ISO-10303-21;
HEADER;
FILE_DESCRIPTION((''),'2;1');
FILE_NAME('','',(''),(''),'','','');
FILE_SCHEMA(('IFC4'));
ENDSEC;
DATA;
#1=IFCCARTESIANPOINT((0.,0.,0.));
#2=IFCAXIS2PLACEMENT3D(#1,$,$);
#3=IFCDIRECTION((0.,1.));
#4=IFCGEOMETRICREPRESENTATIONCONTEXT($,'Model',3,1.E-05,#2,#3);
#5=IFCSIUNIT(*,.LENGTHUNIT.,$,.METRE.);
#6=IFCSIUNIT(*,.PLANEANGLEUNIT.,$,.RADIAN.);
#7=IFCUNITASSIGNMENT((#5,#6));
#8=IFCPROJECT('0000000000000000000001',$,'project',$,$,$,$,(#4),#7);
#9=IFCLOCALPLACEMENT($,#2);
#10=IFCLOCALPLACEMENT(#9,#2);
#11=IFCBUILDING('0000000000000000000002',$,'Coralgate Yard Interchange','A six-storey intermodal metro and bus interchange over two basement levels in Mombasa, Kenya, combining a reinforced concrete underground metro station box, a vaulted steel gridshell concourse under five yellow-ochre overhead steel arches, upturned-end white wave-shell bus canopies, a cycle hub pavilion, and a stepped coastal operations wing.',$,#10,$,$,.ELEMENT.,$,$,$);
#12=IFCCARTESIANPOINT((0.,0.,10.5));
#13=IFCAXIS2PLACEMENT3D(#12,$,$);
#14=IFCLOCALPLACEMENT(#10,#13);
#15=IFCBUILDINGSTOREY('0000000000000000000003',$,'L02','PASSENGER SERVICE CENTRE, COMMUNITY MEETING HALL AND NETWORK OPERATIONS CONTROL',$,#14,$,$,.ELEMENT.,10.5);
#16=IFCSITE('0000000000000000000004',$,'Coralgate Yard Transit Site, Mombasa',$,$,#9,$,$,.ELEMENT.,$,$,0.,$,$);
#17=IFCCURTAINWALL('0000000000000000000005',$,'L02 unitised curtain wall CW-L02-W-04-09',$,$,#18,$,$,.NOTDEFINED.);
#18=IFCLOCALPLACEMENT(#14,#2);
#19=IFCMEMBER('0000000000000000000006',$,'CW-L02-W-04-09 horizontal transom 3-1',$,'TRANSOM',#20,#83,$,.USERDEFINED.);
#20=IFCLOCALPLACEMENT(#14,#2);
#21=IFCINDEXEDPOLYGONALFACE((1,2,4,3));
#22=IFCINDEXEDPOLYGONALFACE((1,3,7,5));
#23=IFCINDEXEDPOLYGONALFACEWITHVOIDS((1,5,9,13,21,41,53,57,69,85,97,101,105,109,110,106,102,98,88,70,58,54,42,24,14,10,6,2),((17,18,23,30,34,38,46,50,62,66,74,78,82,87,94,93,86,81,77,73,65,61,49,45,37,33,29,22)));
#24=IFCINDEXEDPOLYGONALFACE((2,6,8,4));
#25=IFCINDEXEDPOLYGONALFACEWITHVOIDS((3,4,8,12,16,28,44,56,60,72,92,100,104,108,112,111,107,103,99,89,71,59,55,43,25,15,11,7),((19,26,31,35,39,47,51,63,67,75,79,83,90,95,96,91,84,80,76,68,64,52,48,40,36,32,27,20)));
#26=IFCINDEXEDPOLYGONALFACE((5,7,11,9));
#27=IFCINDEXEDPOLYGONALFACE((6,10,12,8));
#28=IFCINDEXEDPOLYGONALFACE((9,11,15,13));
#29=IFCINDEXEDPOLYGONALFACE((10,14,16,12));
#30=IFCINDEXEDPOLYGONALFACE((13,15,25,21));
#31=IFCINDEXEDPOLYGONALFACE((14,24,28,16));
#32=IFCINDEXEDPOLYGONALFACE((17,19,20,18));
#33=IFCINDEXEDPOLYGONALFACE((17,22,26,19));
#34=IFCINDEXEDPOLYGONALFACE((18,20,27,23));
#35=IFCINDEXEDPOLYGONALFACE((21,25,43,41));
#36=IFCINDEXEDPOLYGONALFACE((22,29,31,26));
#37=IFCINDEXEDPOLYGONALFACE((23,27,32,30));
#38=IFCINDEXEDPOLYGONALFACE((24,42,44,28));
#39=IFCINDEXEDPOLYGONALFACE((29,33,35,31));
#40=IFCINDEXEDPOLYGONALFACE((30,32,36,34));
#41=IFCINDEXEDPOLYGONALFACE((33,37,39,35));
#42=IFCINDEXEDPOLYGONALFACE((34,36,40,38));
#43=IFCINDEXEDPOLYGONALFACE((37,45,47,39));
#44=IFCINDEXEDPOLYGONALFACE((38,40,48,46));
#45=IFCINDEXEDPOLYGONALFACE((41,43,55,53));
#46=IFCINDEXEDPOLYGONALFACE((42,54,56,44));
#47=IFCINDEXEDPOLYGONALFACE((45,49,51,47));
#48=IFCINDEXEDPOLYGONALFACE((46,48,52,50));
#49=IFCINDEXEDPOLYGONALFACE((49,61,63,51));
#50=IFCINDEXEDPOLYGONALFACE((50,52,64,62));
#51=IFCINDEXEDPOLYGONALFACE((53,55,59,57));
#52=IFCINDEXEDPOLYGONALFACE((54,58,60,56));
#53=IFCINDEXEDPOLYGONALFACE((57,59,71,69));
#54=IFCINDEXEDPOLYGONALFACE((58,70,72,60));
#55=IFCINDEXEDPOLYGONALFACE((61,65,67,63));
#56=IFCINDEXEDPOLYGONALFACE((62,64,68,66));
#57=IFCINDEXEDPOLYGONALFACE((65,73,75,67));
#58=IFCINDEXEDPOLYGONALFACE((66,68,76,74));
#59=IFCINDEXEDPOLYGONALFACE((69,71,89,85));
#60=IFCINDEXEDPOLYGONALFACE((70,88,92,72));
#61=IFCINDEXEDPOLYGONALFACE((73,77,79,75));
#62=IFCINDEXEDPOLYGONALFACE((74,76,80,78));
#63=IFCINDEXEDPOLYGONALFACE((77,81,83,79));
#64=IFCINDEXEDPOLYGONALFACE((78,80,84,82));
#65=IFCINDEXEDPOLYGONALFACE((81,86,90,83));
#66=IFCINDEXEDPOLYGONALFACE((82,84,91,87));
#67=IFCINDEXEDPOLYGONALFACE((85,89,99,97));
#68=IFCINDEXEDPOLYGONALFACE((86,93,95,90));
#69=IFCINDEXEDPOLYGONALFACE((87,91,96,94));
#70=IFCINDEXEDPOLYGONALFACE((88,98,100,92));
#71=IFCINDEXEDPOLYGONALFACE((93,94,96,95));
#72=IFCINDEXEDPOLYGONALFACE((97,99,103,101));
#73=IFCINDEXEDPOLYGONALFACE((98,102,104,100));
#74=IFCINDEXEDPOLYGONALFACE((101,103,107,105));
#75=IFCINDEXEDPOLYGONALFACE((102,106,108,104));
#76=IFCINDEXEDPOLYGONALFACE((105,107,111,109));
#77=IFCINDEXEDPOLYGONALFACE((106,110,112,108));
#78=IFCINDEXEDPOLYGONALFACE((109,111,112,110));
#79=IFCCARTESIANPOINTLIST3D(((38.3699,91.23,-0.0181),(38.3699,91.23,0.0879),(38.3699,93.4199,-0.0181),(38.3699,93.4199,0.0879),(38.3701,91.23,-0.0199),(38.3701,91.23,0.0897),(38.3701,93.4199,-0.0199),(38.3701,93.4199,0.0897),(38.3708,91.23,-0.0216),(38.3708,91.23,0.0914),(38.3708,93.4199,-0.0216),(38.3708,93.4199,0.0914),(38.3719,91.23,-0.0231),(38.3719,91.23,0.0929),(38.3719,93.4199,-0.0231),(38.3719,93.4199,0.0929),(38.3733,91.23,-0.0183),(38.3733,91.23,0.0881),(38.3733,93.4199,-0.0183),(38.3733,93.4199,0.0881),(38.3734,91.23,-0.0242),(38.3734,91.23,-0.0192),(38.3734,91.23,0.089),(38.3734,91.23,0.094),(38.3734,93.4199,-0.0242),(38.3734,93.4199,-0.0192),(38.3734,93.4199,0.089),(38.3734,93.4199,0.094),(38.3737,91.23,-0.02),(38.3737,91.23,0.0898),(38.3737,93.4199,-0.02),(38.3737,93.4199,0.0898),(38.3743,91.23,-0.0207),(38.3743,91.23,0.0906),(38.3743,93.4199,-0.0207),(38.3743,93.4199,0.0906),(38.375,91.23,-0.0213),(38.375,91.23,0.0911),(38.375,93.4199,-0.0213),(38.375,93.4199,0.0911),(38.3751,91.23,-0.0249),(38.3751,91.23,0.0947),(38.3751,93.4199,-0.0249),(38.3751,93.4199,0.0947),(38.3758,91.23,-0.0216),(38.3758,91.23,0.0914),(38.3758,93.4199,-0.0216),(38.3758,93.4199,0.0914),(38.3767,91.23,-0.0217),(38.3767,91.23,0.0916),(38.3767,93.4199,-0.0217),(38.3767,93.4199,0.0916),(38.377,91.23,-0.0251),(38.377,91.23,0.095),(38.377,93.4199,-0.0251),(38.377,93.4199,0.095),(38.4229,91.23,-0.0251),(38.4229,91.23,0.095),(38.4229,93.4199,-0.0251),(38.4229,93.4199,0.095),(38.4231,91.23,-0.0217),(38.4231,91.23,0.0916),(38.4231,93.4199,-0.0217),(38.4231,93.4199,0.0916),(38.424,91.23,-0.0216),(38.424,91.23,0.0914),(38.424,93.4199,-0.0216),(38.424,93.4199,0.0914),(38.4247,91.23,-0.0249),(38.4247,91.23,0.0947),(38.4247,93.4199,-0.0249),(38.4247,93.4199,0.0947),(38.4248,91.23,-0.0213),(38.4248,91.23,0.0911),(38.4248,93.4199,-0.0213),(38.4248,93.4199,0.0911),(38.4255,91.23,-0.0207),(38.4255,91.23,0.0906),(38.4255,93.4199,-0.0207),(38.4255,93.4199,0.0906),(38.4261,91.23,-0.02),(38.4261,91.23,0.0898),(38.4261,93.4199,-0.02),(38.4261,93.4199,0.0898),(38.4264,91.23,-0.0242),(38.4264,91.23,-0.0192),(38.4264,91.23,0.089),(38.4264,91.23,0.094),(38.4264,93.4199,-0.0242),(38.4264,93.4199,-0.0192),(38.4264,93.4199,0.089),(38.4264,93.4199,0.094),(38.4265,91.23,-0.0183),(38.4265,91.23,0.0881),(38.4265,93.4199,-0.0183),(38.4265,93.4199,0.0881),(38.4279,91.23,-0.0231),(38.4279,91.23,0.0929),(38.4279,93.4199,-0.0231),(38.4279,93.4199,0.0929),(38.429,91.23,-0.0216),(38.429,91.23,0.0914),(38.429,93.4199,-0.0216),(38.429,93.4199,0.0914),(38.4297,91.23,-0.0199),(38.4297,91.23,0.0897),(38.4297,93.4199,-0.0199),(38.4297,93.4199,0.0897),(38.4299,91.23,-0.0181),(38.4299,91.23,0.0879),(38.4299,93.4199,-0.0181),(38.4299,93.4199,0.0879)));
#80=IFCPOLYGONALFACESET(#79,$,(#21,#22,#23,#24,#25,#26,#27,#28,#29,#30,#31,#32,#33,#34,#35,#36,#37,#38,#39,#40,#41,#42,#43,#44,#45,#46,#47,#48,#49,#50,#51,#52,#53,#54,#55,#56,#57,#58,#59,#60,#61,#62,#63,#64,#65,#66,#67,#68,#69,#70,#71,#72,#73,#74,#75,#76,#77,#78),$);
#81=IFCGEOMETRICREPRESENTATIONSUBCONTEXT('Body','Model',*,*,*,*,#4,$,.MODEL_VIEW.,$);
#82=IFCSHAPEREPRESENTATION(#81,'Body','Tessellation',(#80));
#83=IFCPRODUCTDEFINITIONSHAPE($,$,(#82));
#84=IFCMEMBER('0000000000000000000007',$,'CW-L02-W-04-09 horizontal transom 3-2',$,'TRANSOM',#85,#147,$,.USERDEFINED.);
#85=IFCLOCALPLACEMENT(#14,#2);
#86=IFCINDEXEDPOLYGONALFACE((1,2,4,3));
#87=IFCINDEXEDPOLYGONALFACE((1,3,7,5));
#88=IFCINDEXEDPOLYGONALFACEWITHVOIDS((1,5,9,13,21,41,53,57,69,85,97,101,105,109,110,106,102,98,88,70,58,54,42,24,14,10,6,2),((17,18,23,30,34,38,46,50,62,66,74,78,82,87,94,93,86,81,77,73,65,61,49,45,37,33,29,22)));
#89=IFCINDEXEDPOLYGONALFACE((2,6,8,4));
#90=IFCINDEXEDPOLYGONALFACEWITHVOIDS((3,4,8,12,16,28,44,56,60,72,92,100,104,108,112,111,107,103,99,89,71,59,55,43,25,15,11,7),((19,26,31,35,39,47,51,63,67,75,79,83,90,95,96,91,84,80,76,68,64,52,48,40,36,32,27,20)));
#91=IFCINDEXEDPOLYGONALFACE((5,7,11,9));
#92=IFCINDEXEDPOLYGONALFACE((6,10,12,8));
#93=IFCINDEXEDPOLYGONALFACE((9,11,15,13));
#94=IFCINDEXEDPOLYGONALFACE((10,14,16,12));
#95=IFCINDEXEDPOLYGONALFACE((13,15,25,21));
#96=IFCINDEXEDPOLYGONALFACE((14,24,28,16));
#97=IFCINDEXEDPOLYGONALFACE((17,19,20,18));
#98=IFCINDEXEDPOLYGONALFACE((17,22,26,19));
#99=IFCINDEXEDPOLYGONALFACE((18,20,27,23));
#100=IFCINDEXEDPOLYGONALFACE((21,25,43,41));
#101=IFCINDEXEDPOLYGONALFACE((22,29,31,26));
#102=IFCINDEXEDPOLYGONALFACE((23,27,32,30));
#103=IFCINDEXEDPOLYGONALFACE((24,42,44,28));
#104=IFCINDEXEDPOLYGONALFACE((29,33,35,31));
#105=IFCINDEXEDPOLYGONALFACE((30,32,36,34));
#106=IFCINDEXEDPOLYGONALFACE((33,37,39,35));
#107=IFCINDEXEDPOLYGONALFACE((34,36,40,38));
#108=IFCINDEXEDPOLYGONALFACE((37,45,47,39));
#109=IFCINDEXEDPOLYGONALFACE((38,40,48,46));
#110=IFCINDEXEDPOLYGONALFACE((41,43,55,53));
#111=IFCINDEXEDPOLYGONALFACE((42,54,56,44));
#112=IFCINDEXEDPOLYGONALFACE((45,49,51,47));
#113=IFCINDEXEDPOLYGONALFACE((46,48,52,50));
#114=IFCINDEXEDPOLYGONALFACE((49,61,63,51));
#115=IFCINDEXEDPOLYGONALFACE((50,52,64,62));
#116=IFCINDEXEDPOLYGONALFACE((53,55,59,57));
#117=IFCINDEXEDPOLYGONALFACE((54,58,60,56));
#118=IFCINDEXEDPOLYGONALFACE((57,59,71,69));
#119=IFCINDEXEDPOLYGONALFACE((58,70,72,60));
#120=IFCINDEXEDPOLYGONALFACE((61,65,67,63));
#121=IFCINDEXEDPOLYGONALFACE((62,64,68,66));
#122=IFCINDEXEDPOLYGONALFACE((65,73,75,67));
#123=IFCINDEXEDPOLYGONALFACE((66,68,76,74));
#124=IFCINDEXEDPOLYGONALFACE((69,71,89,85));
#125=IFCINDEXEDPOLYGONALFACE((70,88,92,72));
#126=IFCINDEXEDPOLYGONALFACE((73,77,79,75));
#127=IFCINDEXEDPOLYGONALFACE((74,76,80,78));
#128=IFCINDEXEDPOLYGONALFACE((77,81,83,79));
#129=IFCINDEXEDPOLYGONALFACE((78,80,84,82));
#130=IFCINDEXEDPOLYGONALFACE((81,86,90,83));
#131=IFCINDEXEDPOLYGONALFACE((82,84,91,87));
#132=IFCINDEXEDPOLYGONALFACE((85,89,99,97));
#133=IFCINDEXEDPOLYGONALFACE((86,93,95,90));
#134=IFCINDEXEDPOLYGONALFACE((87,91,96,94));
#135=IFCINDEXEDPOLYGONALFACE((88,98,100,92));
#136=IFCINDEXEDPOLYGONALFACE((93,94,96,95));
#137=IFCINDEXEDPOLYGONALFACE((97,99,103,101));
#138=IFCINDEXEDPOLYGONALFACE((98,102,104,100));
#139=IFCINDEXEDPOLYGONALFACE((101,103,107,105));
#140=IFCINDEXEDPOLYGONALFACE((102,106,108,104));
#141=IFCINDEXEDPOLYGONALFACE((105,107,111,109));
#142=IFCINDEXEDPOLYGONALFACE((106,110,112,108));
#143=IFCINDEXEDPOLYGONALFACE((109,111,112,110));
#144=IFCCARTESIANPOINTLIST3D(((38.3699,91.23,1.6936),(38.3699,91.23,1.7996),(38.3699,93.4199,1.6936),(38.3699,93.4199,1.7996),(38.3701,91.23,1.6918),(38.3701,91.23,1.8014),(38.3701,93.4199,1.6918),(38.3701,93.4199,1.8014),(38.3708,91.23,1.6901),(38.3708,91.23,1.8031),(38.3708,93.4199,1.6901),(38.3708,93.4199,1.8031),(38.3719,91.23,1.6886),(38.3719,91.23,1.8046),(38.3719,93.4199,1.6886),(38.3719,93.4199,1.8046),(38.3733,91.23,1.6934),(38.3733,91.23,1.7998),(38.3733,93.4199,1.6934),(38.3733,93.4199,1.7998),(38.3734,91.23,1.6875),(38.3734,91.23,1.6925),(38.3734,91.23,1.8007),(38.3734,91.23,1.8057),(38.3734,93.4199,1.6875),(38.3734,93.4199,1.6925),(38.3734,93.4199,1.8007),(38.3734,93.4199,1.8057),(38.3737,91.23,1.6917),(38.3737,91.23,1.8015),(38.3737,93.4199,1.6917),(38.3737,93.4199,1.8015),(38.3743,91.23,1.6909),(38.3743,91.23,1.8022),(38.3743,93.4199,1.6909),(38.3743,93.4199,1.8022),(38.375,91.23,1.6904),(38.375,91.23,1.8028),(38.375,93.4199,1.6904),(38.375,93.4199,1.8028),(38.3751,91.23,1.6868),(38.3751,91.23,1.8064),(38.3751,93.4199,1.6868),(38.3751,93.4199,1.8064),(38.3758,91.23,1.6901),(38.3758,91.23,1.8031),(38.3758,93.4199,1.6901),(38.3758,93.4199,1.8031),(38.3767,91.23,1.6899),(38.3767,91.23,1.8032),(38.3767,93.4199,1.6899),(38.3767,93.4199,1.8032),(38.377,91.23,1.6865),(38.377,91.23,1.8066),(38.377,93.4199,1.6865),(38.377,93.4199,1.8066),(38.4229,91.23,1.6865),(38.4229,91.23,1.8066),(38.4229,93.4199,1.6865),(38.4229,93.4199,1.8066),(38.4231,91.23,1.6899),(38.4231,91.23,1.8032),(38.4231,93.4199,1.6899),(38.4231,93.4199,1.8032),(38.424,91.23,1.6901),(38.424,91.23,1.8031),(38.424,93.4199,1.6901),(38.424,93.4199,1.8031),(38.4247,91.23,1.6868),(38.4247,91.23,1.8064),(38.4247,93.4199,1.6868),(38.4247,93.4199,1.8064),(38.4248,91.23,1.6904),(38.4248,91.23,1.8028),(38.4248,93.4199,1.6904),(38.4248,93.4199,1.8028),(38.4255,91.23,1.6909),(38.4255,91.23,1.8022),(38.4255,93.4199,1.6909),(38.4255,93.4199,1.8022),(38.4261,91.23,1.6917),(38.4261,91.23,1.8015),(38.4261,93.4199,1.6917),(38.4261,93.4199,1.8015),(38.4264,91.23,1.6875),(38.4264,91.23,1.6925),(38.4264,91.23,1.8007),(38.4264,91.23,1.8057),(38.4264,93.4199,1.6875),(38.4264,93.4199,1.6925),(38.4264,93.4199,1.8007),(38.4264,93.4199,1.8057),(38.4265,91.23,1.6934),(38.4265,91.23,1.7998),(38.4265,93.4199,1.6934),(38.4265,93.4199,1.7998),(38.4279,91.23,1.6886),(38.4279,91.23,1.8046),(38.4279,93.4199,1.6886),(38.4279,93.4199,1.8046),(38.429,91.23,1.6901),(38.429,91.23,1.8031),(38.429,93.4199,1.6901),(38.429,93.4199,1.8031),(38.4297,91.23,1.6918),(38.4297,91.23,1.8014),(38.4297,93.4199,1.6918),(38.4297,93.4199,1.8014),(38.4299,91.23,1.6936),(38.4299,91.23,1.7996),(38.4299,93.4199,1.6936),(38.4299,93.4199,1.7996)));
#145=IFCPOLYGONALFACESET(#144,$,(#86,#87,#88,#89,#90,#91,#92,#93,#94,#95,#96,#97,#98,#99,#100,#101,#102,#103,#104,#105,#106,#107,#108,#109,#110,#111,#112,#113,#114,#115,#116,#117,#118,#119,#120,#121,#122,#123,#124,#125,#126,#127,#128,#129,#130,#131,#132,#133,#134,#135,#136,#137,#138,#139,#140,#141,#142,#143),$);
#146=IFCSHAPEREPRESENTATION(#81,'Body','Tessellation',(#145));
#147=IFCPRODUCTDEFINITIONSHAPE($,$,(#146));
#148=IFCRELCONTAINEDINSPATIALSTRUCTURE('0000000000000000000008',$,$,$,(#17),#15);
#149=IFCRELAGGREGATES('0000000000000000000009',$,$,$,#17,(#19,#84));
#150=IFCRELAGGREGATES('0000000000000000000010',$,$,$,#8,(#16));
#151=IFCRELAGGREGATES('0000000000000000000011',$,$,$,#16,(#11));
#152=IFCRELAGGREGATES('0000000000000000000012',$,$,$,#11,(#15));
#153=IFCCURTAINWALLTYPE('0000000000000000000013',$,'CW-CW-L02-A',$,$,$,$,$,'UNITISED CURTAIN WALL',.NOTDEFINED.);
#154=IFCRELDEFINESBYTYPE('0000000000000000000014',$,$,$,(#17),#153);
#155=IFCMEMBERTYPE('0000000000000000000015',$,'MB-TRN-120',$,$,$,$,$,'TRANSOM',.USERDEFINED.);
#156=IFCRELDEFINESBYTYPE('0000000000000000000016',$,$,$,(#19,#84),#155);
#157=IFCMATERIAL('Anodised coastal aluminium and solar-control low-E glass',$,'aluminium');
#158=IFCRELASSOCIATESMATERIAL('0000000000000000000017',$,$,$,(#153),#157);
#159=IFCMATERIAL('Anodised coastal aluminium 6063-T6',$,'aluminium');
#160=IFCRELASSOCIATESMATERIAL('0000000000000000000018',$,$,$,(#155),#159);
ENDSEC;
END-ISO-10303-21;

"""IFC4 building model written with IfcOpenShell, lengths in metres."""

from ifc_helpers import new_model, si_unit, direction, frame, origin, origin_2d, place, context, subcontext, project, spatial, hollow_rectangle, extrude, material, material_profile, profile_set, type_object, element, aggregate, save


model = new_model("IFC4")

# Units and contexts
model_context = context("Model", 3, precision=1e-05, world=origin(), true_north=direction((0.0, 1.0)))
body_context = subcontext(model_context, "Body", "Model", "MODEL_VIEW")
ifc_project = project(units=[si_unit("LENGTHUNIT", "METRE"), si_unit("PLANEANGLEUNIT", "RADIAN")], contexts=[model_context])

# Site, building, storey
site_placement = place(None, origin())
site = spatial("IfcSite", under=ifc_project, at=site_placement, Name="Coralgate Yard Transit Site, Mombasa", CompositionType="ELEMENT", RefElevation=0.0)
building_placement = place(site_placement, origin())
building = spatial("IfcBuilding", under=site, at=building_placement, Name="Coralgate Yard Interchange", Description="A six-storey intermodal metro and bus interchange over two basement levels in Mombasa, Kenya, combining a reinforced concrete underground metro station box, a vaulted steel gridshell concourse under five yellow-ochre overhead steel arches, upturned-end white wave-shell bus canopies, a cycle hub pavilion, and a stepped coastal operations wing.", CompositionType="ELEMENT")
storey_placement = place(building_placement, frame((0.0, 0.0, 10.5)))
storey = spatial("IfcBuildingStorey", under=building, at=storey_placement, Name="L02", Description="PASSENGER SERVICE CENTRE, COMMUNITY MEETING HALL AND NETWORK OPERATIONS CONTROL", CompositionType="ELEMENT", Elevation=10.5)

# Curtain wall
ifc_material_1 = material(Name="Anodised coastal aluminium and solar-control low-E glass", Category="aluminium")
curtain_wall_type = type_object("IfcCurtainWallType", Name="CW-CW-L02-A", ElementType="UNITISED CURTAIN WALL", PredefinedType="NOTDEFINED", material=ifc_material_1)
curtain_wall_1_placement = place(storey_placement, origin())
curtain_wall_1 = element("IfcCurtainWall", 1, at=curtain_wall_1_placement, inside=storey, type_object=curtain_wall_type, Name="L02 unitised curtain wall CW-L02-W-04-09", PredefinedType="NOTDEFINED")
ifc_material_2 = material(Name="Anodised coastal aluminium 6063-T6", Category="aluminium")

# Members
ifc_material_profile_1 = material_profile(ifc_material_2, hollow_rectangle(XDim=0.0601, YDim=0.1201, WallThickness=0.0034, InnerFilletRadius=0.0034, OuterFilletRadius=0.0071, at=origin_2d()), Name="ALU 60x120x3.5")
ifc_profile_set_1 = profile_set([ifc_material_profile_1], Name="Anodised coastal aluminium 6063-T6")
member_type_1 = type_object("IfcMemberType", Name="MB-TRN-120", ElementType="TRANSOM", PredefinedType="USERDEFINED", material=ifc_profile_set_1)
member_1_placement = place(storey_placement, frame((38.3999, 91.23, 0.0349), z_axis=(0.0, 1.0, 0.0), x_axis=(-1.0, 0.0, 0.0)))
member_1 = element("IfcMember", 2, at=member_1_placement, type_object=member_type_1, Name="CW-L02-W-04-09 horizontal transom 3-1", ObjectType="TRANSOM", PredefinedType="USERDEFINED", context=body_context, shape_type="SweptSolid", body=[
    extrude(hollow_rectangle(XDim=0.0601, YDim=0.1201, WallThickness=0.0034, InnerFilletRadius=0.0034, OuterFilletRadius=0.0071, at=origin_2d()), origin(), (0.0, 0.0, 1.0), 2.1899),
])
member_2_placement = place(storey_placement, frame((38.3999, 91.23, 1.7466), z_axis=(0.0, 1.0, 0.0), x_axis=(-1.0, 0.0, 0.0)))
member_2 = element("IfcMember", 3, at=member_2_placement, type_object=member_type_1, Name="CW-L02-W-04-09 horizontal transom 3-2", ObjectType="TRANSOM", PredefinedType="USERDEFINED", context=body_context, shape_type="SweptSolid", body=[
    extrude(hollow_rectangle(XDim=0.0601, YDim=0.1201, WallThickness=0.0034, InnerFilletRadius=0.0034, OuterFilletRadius=0.0071, at=origin_2d()), origin(), (0.0, 0.0, 1.0), 2.1899),
])

aggregate(curtain_wall_1, [member_1, member_2])

save(model, "model.ifc")
